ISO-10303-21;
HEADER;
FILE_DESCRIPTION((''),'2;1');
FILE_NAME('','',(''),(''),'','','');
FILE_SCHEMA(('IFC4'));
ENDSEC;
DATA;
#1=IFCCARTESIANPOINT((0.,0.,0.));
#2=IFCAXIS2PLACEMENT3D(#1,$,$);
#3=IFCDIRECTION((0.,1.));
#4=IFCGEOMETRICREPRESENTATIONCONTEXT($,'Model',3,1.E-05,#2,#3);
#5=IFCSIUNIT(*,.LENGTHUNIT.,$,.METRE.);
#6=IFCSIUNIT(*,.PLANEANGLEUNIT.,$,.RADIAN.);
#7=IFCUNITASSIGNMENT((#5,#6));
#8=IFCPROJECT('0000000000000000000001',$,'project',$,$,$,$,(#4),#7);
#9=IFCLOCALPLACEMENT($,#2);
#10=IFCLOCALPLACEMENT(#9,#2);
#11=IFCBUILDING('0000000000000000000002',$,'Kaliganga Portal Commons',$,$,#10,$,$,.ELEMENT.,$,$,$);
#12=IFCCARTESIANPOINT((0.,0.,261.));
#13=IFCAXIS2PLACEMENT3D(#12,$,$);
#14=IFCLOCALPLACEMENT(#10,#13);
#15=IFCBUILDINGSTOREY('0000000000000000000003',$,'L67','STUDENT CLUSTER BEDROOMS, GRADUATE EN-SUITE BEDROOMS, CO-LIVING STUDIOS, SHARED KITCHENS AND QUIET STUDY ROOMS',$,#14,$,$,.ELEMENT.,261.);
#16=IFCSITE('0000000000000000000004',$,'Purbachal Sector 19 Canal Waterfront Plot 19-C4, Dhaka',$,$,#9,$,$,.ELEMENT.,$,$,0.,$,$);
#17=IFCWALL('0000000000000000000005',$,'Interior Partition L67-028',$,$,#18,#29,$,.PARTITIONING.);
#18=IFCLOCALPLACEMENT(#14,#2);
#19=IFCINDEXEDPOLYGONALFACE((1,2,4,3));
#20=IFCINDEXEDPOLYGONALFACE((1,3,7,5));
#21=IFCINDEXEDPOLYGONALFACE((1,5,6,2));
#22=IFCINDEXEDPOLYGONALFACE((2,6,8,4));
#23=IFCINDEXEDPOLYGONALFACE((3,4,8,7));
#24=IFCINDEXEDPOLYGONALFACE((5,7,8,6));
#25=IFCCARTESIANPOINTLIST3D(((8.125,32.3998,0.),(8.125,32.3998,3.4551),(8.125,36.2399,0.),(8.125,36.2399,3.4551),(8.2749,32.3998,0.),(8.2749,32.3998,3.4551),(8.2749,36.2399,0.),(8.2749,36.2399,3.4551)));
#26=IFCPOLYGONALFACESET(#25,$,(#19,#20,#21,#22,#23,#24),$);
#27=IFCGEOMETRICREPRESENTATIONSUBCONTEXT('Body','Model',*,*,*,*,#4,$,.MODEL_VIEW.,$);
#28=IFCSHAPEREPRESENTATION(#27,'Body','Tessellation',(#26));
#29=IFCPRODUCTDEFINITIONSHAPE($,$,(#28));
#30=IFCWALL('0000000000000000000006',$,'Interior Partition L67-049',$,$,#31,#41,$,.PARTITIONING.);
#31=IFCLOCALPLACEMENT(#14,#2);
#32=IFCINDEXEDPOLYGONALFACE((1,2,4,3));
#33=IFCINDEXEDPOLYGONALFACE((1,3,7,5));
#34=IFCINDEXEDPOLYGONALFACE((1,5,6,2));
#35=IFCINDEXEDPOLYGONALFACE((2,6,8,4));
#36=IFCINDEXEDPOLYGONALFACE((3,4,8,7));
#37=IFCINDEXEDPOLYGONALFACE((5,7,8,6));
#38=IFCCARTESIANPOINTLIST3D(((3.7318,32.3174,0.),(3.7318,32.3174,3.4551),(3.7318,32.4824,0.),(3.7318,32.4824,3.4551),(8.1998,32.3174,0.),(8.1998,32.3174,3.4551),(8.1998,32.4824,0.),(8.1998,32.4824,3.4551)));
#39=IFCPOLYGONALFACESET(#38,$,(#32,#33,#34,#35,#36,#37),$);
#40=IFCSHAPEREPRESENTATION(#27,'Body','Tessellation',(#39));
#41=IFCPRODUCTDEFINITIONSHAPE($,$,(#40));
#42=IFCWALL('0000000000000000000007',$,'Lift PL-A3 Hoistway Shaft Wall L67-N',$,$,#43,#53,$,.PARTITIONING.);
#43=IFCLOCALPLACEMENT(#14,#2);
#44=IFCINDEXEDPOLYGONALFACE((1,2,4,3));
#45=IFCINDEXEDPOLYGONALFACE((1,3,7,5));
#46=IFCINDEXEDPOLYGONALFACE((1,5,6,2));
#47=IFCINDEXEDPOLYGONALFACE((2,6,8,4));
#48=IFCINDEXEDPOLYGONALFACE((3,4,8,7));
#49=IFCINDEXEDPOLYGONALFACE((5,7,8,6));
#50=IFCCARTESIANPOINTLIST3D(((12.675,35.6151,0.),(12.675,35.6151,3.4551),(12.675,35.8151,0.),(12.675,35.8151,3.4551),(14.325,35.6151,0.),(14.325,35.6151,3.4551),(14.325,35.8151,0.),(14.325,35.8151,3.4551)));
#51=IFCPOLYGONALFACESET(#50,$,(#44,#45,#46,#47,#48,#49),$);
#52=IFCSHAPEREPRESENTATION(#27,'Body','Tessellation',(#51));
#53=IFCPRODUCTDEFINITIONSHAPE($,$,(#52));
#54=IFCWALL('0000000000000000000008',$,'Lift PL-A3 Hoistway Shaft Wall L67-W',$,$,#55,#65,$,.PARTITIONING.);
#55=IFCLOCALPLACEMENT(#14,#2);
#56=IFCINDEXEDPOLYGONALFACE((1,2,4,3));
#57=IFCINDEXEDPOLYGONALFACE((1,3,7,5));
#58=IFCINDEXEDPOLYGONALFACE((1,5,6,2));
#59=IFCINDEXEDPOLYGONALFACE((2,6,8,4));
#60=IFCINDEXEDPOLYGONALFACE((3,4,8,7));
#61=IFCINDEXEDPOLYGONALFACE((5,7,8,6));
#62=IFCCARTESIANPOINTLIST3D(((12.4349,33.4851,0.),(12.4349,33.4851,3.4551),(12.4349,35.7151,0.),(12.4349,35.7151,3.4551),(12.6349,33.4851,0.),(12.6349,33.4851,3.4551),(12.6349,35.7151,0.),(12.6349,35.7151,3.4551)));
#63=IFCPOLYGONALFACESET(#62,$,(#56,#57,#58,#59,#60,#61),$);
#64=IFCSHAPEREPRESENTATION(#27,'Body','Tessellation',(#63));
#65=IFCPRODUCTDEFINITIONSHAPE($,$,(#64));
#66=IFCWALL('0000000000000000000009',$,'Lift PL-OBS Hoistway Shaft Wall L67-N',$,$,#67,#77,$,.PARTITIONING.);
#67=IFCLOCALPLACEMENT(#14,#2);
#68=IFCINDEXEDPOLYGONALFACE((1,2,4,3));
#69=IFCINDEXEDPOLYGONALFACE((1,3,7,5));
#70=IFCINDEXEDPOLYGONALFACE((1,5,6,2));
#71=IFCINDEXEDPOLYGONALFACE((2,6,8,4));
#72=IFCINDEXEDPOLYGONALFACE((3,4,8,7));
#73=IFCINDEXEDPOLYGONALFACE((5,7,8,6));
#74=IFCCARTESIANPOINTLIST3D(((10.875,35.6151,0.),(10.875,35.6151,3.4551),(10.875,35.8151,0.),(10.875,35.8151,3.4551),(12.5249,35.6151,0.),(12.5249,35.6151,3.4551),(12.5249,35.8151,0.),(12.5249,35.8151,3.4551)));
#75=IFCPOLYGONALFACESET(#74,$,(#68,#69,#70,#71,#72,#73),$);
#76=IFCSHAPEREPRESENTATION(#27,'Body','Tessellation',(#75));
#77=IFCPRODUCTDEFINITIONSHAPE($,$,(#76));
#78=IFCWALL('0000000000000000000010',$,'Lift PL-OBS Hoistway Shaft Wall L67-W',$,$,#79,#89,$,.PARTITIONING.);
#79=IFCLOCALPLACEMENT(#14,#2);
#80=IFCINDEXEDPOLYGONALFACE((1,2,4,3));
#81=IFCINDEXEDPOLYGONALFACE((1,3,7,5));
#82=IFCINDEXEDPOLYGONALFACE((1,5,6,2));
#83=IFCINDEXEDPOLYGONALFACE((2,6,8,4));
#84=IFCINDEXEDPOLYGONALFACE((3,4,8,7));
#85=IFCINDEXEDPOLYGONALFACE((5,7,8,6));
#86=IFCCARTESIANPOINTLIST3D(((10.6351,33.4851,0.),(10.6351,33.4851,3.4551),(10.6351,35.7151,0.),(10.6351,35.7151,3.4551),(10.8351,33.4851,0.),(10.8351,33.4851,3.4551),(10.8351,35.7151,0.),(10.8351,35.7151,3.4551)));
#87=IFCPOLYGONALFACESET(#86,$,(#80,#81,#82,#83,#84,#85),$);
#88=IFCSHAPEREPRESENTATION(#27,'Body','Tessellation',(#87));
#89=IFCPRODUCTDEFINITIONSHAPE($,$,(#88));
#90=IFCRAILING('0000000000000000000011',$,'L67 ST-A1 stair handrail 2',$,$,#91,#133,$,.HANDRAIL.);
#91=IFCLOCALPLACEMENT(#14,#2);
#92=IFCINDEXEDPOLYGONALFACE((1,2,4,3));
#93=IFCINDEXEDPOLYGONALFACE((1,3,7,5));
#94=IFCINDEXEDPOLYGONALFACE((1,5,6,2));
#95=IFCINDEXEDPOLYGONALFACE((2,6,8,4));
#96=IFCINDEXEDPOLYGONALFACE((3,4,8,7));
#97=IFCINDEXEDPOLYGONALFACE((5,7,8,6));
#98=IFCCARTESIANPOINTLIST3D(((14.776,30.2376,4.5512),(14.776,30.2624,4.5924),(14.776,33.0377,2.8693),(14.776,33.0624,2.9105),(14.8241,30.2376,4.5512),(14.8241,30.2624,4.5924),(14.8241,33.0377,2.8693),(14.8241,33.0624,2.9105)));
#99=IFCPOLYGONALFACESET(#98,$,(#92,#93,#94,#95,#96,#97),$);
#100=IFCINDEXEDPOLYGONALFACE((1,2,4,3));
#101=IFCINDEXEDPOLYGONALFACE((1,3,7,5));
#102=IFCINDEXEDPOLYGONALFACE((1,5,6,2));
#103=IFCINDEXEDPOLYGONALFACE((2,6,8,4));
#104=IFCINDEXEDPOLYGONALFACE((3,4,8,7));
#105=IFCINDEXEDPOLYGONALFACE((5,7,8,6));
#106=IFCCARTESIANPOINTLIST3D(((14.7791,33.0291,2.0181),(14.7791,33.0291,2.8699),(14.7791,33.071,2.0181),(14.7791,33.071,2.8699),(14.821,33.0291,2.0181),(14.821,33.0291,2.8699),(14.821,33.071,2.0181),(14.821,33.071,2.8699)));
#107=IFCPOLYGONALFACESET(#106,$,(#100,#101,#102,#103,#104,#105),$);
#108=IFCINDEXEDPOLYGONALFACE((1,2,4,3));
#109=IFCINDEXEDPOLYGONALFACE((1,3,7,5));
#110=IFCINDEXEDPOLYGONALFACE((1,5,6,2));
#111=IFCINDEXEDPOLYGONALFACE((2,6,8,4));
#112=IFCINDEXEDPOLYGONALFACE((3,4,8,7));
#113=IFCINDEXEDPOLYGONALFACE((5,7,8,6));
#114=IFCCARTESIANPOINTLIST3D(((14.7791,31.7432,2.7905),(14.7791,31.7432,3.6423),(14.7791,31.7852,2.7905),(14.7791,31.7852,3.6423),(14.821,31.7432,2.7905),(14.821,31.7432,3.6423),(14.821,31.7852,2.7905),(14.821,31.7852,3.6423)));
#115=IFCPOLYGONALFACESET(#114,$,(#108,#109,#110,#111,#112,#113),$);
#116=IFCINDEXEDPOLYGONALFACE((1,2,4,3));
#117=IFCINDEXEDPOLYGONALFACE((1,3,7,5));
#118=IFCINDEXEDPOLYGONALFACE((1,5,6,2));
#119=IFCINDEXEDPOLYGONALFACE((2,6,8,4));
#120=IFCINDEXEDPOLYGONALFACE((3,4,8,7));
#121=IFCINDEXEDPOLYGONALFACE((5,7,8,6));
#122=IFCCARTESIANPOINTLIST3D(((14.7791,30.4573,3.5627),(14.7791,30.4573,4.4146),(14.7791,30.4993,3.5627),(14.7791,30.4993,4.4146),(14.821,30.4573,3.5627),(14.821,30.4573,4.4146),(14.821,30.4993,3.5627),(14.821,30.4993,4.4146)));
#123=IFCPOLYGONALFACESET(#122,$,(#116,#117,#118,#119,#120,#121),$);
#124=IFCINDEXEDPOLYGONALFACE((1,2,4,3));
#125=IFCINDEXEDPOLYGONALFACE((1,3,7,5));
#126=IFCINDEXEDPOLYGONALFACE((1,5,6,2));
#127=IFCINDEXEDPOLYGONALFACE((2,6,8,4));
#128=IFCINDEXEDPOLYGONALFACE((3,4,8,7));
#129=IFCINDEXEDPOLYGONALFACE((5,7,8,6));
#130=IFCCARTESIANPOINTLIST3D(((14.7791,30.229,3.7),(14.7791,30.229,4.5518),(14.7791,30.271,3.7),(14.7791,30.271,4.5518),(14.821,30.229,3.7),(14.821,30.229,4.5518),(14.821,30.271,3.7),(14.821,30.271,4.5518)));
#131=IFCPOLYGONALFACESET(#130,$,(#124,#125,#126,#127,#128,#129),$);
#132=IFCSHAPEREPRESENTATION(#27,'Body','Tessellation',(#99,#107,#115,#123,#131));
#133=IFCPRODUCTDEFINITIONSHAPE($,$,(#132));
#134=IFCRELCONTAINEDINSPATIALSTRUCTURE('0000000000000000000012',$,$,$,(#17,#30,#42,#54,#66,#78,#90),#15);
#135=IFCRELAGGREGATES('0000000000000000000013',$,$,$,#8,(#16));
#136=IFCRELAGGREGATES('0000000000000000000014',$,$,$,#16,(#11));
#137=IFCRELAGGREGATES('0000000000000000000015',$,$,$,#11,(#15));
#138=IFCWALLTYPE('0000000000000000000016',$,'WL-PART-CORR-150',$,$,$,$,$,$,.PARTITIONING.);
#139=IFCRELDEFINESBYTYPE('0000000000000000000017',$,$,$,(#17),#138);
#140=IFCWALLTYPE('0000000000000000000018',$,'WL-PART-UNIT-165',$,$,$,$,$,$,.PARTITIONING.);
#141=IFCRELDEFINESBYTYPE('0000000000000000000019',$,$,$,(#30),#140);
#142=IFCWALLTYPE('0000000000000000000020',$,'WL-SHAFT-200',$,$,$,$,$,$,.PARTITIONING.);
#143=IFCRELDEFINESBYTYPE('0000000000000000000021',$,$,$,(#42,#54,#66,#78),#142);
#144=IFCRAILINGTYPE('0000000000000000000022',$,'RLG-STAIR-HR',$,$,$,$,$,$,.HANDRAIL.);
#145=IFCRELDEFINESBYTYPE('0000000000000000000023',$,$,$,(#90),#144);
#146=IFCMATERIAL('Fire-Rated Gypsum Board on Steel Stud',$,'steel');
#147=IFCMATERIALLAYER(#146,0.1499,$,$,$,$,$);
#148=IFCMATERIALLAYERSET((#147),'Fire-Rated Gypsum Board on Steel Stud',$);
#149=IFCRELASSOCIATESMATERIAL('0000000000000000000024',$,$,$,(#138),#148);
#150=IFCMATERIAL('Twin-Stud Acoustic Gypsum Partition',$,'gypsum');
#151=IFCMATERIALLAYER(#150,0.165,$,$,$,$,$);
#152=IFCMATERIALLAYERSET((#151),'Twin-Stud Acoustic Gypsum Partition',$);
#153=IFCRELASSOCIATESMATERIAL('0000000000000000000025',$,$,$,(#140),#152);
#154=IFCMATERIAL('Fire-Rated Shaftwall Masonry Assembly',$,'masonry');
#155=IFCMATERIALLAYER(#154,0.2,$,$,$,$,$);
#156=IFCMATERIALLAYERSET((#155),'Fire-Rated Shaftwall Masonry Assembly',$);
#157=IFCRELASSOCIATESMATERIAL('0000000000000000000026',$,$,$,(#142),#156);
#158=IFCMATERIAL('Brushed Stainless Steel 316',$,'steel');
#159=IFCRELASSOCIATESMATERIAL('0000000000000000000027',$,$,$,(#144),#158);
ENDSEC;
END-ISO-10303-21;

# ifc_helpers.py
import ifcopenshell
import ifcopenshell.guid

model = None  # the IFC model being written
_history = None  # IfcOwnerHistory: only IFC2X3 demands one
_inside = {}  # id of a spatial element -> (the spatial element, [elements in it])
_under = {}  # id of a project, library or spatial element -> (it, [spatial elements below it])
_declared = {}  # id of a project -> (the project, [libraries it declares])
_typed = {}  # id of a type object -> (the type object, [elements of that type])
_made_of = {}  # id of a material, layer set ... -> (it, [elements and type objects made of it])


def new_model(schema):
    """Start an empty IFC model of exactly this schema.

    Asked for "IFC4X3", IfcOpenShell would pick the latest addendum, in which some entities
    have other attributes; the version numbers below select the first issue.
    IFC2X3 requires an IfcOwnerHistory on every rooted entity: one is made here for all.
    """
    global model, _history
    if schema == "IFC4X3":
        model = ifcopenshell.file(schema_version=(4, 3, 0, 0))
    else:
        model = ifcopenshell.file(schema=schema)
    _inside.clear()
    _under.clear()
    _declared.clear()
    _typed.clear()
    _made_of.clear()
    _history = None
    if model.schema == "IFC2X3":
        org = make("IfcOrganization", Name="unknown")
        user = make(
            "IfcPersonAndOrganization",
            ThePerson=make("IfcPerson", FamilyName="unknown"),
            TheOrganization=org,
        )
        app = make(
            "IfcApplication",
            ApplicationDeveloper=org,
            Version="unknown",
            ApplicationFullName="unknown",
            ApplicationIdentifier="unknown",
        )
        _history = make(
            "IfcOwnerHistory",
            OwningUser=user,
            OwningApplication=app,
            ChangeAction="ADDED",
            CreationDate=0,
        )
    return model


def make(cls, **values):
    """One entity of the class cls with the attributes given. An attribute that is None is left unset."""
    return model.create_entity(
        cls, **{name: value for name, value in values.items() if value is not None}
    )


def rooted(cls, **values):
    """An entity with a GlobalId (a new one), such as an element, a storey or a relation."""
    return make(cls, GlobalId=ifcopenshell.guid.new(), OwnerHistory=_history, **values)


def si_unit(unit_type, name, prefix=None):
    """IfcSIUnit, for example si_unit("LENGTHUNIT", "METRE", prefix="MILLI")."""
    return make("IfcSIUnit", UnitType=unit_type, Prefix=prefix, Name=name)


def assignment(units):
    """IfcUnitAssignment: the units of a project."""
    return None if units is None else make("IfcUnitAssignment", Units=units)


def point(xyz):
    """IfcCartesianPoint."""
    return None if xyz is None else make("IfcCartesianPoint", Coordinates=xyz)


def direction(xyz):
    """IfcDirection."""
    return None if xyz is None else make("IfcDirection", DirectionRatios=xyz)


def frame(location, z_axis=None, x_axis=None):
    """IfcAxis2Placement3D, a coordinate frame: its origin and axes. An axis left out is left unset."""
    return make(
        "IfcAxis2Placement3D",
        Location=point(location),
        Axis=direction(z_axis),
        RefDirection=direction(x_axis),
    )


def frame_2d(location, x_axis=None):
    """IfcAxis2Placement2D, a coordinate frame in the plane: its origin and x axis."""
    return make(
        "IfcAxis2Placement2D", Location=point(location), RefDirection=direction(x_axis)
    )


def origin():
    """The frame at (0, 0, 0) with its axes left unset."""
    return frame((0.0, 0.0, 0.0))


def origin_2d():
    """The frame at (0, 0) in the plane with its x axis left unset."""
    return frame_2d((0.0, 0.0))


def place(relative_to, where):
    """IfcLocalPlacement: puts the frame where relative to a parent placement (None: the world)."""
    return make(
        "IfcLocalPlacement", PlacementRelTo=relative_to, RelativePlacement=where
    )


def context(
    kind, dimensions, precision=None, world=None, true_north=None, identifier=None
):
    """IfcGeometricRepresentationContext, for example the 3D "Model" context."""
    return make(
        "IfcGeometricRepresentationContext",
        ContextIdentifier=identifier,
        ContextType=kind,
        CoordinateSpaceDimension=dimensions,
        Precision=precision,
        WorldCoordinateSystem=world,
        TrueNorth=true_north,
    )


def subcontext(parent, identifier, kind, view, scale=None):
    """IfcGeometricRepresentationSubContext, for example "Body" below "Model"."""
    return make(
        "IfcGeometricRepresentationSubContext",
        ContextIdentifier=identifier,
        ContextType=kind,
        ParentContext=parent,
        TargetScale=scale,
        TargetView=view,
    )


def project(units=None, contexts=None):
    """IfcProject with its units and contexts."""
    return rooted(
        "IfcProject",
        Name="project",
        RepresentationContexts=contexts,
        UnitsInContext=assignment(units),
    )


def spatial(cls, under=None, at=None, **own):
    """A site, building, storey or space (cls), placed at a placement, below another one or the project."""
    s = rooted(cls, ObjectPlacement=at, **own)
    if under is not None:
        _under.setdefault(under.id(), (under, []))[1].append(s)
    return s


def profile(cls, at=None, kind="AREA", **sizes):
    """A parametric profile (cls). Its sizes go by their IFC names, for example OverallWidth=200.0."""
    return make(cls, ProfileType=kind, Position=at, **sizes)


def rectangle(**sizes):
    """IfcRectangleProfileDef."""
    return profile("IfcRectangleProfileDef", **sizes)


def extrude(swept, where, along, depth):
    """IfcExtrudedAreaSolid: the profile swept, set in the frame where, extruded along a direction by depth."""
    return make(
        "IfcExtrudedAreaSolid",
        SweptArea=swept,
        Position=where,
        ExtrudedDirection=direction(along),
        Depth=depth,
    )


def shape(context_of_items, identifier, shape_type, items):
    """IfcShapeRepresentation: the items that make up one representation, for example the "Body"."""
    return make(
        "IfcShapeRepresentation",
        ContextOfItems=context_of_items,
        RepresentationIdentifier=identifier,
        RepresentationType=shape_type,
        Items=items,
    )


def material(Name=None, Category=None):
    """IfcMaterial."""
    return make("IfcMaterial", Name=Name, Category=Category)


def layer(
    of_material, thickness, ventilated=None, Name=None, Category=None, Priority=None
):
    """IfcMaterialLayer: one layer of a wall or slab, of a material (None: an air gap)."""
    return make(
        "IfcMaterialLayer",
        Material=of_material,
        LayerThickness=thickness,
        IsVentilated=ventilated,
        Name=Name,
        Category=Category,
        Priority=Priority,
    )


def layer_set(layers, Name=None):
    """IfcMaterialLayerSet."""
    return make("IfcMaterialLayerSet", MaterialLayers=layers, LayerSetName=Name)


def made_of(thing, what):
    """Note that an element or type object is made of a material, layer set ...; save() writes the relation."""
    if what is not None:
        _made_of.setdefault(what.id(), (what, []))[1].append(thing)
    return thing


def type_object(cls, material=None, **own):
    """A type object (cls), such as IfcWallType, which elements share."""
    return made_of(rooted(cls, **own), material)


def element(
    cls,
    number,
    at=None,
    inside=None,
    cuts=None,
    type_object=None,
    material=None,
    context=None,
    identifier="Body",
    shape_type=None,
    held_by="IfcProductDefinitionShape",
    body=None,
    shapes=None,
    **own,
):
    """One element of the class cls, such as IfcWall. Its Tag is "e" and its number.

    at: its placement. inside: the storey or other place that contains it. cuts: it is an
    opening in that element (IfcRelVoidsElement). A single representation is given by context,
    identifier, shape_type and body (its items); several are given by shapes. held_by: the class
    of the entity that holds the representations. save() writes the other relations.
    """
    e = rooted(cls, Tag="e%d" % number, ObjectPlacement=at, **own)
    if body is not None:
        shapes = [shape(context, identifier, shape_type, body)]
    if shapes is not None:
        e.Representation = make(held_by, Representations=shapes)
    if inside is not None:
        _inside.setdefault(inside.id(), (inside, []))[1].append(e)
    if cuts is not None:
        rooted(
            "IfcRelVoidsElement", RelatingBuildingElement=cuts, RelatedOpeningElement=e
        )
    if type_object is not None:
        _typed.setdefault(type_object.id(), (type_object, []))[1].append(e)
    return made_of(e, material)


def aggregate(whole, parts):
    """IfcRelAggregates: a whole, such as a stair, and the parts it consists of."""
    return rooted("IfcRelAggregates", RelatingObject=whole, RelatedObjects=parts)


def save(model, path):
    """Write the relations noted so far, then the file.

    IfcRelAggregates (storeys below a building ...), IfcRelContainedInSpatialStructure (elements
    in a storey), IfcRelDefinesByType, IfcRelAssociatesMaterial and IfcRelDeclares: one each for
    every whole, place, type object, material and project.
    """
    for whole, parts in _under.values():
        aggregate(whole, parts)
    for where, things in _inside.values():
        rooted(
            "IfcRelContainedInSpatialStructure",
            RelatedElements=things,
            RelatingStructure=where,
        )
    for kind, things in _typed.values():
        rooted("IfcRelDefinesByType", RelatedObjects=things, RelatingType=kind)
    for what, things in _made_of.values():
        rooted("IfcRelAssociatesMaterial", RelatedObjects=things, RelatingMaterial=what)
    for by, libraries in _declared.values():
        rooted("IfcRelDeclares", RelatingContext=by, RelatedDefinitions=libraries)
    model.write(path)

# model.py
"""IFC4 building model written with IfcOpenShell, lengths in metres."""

from ifc_helpers import new_model, si_unit, direction, frame, frame_2d, origin, origin_2d, place, context, subcontext, project, spatial, rectangle, extrude, material, layer, layer_set, type_object, element, save


model = new_model("IFC4")

# Units and contexts
model_context = context("Model", 3, precision=1e-05, world=origin(), true_north=direction((0.0, 1.0)))
body_context = subcontext(model_context, "Body", "Model", "MODEL_VIEW")
ifc_project = project(units=[si_unit("LENGTHUNIT", "METRE"), si_unit("PLANEANGLEUNIT", "RADIAN")], contexts=[model_context])

# Site, building, storey
site_placement = place(None, origin())
site = spatial("IfcSite", under=ifc_project, at=site_placement, Name="Purbachal Sector 19 Canal Waterfront Plot 19-C4, Dhaka", CompositionType="ELEMENT", RefElevation=0.0)
building_placement = place(site_placement, origin())
building = spatial("IfcBuilding", under=site, at=building_placement, Name="Kaliganga Portal Commons", CompositionType="ELEMENT")
storey_placement = place(building_placement, frame((0.0, 0.0, 261.0)))
storey = spatial("IfcBuildingStorey", under=building, at=storey_placement, Name="L67", Description="STUDENT CLUSTER BEDROOMS, GRADUATE EN-SUITE BEDROOMS, CO-LIVING STUDIOS, SHARED KITCHENS AND QUIET STUDY ROOMS", CompositionType="ELEMENT", Elevation=261.0)

# Walls
ifc_material_1 = material(Name="Fire-Rated Gypsum Board on Steel Stud", Category="steel")
ifc_layer_1 = layer(ifc_material_1, 0.1499)
ifc_layer_set_1 = layer_set([ifc_layer_1], Name="Fire-Rated Gypsum Board on Steel Stud")
wall_type_1 = type_object("IfcWallType", Name="WL-PART-CORR-150", PredefinedType="PARTITIONING", material=ifc_layer_set_1)
wall_1_placement = place(storey_placement, frame((8.2, 32.3999, 0.0), z_axis=(0.0, 0.0, 1.0), x_axis=(0.0, 1.0, 0.0)))
element("IfcWall", 1, at=wall_1_placement, inside=storey, type_object=wall_type_1, Name="Interior Partition L67-028", PredefinedType="PARTITIONING", context=body_context, shape_type="SweptSolid", body=[
    extrude(rectangle(XDim=3.8401, YDim=0.1499, at=frame_2d((1.9199, 0.0))), origin(), (0.0, 0.0, 1.0), 3.4551),
])
ifc_material_2 = material(Name="Twin-Stud Acoustic Gypsum Partition", Category="gypsum")
ifc_layer_2 = layer(ifc_material_2, 0.165)
ifc_layer_set_2 = layer_set([ifc_layer_2], Name="Twin-Stud Acoustic Gypsum Partition")
wall_type_2 = type_object("IfcWallType", Name="WL-PART-UNIT-165", PredefinedType="PARTITIONING", material=ifc_layer_set_2)
wall_2_placement = place(storey_placement, frame((3.7319, 32.3999, 0.0), z_axis=(0.0, 0.0, 1.0), x_axis=(1.0, 0.0, 0.0)))
element("IfcWall", 2, at=wall_2_placement, inside=storey, type_object=wall_type_2, Name="Interior Partition L67-049", PredefinedType="PARTITIONING", context=body_context, shape_type="SweptSolid", body=[
    extrude(rectangle(XDim=4.468, YDim=0.165, at=frame_2d((2.2339, 0.0))), origin(), (0.0, 0.0, 1.0), 3.4551),
])

# Shared definitions
ifc_material_3 = material(Name="Fire-Rated Shaftwall Masonry Assembly", Category="masonry")
ifc_layer_3 = layer(ifc_material_3, 0.2)
ifc_layer_set_3 = layer_set([ifc_layer_3], Name="Fire-Rated Shaftwall Masonry Assembly")
wall_type_3 = type_object("IfcWallType", Name="WL-SHAFT-200", PredefinedType="PARTITIONING", material=ifc_layer_set_3)

# Walls
wall_3_placement = place(storey_placement, frame((12.675, 35.7151, 0.0), z_axis=(0.0, 0.0, 1.0), x_axis=(1.0, 0.0, 0.0)))
element("IfcWall", 3, at=wall_3_placement, inside=storey, type_object=wall_type_3, Name="Lift PL-A3 Hoistway Shaft Wall L67-N", PredefinedType="PARTITIONING", context=body_context, shape_type="SweptSolid", body=[
    extrude(rectangle(XDim=1.6499, YDim=0.2, at=frame_2d((0.825, 0.0))), origin(), (0.0, 0.0, 1.0), 3.4551),
])
wall_4_placement = place(storey_placement, frame((12.5349, 33.4851, 0.0), z_axis=(0.0, 0.0, 1.0), x_axis=(0.0, 1.0, 0.0)))
element("IfcWall", 4, at=wall_4_placement, inside=storey, type_object=wall_type_3, Name="Lift PL-A3 Hoistway Shaft Wall L67-W", PredefinedType="PARTITIONING", context=body_context, shape_type="SweptSolid", body=[
    extrude(rectangle(XDim=2.23, YDim=0.2, at=frame_2d((1.115, 0.0))), origin(), (0.0, 0.0, 1.0), 3.4551),
])

# Walls
wall_5_placement = place(storey_placement, frame((10.875, 35.7151, 0.0), z_axis=(0.0, 0.0, 1.0), x_axis=(1.0, 0.0, 0.0)))
element("IfcWall", 5, at=wall_5_placement, inside=storey, type_object=wall_type_3, Name="Lift PL-OBS Hoistway Shaft Wall L67-N", PredefinedType="PARTITIONING", context=body_context, shape_type="SweptSolid", body=[
    extrude(rectangle(XDim=1.6499, YDim=0.2, at=frame_2d((0.825, 0.0))), origin(), (0.0, 0.0, 1.0), 3.4551),
])
wall_6_placement = place(storey_placement, frame((10.7351, 33.4851, 0.0), z_axis=(0.0, 0.0, 1.0), x_axis=(0.0, 1.0, 0.0)))
element("IfcWall", 6, at=wall_6_placement, inside=storey, type_object=wall_type_3, Name="Lift PL-OBS Hoistway Shaft Wall L67-W", PredefinedType="PARTITIONING", context=body_context, shape_type="SweptSolid", body=[
    extrude(rectangle(XDim=2.23, YDim=0.2, at=frame_2d((1.115, 0.0))), origin(), (0.0, 0.0, 1.0), 3.4551),
])

# Railing
ifc_material_4 = material(Name="Brushed Stainless Steel 316", Category="steel")
railing_type = type_object("IfcRailingType", Name="RLG-STAIR-HR", PredefinedType="HANDRAIL", material=ifc_material_4)
railing_placement = place(storey_placement, frame((14.8, 33.05, 2.0181)))
element("IfcRailing", 7, at=railing_placement, inside=storey, type_object=railing_type, Name="L67 ST-A1 stair handrail 2", PredefinedType="HANDRAIL", context=body_context, shape_type="SweptSolid", body=[
    extrude(rectangle(XDim=0.0481, YDim=0.0481, at=origin_2d()), frame((0.0, 0.0, 0.8718), z_axis=(0.0, -0.857242, 0.514913), x_axis=(1.0, 0.0, 0.0)), (0.0, 0.0, 1.0), 3.2664),
    extrude(rectangle(XDim=0.042, YDim=0.042, at=origin_2d()), origin(), (0.0, 0.0, 1.0), 0.8518),
    extrude(rectangle(XDim=0.042, YDim=0.042, at=origin_2d()), frame((0.0, -1.2859, 0.7725)), (0.0, 0.0, 1.0), 0.8518),
    extrude(rectangle(XDim=0.042, YDim=0.042, at=origin_2d()), frame((0.0, -2.5718, 1.5447)), (0.0, 0.0, 1.0), 0.8518),
    extrude(rectangle(XDim=0.042, YDim=0.042, at=origin_2d()), frame((0.0, -2.8, 1.6819)), (0.0, 0.0, 1.0), 0.8518),
])

save(model, "model.ifc")
